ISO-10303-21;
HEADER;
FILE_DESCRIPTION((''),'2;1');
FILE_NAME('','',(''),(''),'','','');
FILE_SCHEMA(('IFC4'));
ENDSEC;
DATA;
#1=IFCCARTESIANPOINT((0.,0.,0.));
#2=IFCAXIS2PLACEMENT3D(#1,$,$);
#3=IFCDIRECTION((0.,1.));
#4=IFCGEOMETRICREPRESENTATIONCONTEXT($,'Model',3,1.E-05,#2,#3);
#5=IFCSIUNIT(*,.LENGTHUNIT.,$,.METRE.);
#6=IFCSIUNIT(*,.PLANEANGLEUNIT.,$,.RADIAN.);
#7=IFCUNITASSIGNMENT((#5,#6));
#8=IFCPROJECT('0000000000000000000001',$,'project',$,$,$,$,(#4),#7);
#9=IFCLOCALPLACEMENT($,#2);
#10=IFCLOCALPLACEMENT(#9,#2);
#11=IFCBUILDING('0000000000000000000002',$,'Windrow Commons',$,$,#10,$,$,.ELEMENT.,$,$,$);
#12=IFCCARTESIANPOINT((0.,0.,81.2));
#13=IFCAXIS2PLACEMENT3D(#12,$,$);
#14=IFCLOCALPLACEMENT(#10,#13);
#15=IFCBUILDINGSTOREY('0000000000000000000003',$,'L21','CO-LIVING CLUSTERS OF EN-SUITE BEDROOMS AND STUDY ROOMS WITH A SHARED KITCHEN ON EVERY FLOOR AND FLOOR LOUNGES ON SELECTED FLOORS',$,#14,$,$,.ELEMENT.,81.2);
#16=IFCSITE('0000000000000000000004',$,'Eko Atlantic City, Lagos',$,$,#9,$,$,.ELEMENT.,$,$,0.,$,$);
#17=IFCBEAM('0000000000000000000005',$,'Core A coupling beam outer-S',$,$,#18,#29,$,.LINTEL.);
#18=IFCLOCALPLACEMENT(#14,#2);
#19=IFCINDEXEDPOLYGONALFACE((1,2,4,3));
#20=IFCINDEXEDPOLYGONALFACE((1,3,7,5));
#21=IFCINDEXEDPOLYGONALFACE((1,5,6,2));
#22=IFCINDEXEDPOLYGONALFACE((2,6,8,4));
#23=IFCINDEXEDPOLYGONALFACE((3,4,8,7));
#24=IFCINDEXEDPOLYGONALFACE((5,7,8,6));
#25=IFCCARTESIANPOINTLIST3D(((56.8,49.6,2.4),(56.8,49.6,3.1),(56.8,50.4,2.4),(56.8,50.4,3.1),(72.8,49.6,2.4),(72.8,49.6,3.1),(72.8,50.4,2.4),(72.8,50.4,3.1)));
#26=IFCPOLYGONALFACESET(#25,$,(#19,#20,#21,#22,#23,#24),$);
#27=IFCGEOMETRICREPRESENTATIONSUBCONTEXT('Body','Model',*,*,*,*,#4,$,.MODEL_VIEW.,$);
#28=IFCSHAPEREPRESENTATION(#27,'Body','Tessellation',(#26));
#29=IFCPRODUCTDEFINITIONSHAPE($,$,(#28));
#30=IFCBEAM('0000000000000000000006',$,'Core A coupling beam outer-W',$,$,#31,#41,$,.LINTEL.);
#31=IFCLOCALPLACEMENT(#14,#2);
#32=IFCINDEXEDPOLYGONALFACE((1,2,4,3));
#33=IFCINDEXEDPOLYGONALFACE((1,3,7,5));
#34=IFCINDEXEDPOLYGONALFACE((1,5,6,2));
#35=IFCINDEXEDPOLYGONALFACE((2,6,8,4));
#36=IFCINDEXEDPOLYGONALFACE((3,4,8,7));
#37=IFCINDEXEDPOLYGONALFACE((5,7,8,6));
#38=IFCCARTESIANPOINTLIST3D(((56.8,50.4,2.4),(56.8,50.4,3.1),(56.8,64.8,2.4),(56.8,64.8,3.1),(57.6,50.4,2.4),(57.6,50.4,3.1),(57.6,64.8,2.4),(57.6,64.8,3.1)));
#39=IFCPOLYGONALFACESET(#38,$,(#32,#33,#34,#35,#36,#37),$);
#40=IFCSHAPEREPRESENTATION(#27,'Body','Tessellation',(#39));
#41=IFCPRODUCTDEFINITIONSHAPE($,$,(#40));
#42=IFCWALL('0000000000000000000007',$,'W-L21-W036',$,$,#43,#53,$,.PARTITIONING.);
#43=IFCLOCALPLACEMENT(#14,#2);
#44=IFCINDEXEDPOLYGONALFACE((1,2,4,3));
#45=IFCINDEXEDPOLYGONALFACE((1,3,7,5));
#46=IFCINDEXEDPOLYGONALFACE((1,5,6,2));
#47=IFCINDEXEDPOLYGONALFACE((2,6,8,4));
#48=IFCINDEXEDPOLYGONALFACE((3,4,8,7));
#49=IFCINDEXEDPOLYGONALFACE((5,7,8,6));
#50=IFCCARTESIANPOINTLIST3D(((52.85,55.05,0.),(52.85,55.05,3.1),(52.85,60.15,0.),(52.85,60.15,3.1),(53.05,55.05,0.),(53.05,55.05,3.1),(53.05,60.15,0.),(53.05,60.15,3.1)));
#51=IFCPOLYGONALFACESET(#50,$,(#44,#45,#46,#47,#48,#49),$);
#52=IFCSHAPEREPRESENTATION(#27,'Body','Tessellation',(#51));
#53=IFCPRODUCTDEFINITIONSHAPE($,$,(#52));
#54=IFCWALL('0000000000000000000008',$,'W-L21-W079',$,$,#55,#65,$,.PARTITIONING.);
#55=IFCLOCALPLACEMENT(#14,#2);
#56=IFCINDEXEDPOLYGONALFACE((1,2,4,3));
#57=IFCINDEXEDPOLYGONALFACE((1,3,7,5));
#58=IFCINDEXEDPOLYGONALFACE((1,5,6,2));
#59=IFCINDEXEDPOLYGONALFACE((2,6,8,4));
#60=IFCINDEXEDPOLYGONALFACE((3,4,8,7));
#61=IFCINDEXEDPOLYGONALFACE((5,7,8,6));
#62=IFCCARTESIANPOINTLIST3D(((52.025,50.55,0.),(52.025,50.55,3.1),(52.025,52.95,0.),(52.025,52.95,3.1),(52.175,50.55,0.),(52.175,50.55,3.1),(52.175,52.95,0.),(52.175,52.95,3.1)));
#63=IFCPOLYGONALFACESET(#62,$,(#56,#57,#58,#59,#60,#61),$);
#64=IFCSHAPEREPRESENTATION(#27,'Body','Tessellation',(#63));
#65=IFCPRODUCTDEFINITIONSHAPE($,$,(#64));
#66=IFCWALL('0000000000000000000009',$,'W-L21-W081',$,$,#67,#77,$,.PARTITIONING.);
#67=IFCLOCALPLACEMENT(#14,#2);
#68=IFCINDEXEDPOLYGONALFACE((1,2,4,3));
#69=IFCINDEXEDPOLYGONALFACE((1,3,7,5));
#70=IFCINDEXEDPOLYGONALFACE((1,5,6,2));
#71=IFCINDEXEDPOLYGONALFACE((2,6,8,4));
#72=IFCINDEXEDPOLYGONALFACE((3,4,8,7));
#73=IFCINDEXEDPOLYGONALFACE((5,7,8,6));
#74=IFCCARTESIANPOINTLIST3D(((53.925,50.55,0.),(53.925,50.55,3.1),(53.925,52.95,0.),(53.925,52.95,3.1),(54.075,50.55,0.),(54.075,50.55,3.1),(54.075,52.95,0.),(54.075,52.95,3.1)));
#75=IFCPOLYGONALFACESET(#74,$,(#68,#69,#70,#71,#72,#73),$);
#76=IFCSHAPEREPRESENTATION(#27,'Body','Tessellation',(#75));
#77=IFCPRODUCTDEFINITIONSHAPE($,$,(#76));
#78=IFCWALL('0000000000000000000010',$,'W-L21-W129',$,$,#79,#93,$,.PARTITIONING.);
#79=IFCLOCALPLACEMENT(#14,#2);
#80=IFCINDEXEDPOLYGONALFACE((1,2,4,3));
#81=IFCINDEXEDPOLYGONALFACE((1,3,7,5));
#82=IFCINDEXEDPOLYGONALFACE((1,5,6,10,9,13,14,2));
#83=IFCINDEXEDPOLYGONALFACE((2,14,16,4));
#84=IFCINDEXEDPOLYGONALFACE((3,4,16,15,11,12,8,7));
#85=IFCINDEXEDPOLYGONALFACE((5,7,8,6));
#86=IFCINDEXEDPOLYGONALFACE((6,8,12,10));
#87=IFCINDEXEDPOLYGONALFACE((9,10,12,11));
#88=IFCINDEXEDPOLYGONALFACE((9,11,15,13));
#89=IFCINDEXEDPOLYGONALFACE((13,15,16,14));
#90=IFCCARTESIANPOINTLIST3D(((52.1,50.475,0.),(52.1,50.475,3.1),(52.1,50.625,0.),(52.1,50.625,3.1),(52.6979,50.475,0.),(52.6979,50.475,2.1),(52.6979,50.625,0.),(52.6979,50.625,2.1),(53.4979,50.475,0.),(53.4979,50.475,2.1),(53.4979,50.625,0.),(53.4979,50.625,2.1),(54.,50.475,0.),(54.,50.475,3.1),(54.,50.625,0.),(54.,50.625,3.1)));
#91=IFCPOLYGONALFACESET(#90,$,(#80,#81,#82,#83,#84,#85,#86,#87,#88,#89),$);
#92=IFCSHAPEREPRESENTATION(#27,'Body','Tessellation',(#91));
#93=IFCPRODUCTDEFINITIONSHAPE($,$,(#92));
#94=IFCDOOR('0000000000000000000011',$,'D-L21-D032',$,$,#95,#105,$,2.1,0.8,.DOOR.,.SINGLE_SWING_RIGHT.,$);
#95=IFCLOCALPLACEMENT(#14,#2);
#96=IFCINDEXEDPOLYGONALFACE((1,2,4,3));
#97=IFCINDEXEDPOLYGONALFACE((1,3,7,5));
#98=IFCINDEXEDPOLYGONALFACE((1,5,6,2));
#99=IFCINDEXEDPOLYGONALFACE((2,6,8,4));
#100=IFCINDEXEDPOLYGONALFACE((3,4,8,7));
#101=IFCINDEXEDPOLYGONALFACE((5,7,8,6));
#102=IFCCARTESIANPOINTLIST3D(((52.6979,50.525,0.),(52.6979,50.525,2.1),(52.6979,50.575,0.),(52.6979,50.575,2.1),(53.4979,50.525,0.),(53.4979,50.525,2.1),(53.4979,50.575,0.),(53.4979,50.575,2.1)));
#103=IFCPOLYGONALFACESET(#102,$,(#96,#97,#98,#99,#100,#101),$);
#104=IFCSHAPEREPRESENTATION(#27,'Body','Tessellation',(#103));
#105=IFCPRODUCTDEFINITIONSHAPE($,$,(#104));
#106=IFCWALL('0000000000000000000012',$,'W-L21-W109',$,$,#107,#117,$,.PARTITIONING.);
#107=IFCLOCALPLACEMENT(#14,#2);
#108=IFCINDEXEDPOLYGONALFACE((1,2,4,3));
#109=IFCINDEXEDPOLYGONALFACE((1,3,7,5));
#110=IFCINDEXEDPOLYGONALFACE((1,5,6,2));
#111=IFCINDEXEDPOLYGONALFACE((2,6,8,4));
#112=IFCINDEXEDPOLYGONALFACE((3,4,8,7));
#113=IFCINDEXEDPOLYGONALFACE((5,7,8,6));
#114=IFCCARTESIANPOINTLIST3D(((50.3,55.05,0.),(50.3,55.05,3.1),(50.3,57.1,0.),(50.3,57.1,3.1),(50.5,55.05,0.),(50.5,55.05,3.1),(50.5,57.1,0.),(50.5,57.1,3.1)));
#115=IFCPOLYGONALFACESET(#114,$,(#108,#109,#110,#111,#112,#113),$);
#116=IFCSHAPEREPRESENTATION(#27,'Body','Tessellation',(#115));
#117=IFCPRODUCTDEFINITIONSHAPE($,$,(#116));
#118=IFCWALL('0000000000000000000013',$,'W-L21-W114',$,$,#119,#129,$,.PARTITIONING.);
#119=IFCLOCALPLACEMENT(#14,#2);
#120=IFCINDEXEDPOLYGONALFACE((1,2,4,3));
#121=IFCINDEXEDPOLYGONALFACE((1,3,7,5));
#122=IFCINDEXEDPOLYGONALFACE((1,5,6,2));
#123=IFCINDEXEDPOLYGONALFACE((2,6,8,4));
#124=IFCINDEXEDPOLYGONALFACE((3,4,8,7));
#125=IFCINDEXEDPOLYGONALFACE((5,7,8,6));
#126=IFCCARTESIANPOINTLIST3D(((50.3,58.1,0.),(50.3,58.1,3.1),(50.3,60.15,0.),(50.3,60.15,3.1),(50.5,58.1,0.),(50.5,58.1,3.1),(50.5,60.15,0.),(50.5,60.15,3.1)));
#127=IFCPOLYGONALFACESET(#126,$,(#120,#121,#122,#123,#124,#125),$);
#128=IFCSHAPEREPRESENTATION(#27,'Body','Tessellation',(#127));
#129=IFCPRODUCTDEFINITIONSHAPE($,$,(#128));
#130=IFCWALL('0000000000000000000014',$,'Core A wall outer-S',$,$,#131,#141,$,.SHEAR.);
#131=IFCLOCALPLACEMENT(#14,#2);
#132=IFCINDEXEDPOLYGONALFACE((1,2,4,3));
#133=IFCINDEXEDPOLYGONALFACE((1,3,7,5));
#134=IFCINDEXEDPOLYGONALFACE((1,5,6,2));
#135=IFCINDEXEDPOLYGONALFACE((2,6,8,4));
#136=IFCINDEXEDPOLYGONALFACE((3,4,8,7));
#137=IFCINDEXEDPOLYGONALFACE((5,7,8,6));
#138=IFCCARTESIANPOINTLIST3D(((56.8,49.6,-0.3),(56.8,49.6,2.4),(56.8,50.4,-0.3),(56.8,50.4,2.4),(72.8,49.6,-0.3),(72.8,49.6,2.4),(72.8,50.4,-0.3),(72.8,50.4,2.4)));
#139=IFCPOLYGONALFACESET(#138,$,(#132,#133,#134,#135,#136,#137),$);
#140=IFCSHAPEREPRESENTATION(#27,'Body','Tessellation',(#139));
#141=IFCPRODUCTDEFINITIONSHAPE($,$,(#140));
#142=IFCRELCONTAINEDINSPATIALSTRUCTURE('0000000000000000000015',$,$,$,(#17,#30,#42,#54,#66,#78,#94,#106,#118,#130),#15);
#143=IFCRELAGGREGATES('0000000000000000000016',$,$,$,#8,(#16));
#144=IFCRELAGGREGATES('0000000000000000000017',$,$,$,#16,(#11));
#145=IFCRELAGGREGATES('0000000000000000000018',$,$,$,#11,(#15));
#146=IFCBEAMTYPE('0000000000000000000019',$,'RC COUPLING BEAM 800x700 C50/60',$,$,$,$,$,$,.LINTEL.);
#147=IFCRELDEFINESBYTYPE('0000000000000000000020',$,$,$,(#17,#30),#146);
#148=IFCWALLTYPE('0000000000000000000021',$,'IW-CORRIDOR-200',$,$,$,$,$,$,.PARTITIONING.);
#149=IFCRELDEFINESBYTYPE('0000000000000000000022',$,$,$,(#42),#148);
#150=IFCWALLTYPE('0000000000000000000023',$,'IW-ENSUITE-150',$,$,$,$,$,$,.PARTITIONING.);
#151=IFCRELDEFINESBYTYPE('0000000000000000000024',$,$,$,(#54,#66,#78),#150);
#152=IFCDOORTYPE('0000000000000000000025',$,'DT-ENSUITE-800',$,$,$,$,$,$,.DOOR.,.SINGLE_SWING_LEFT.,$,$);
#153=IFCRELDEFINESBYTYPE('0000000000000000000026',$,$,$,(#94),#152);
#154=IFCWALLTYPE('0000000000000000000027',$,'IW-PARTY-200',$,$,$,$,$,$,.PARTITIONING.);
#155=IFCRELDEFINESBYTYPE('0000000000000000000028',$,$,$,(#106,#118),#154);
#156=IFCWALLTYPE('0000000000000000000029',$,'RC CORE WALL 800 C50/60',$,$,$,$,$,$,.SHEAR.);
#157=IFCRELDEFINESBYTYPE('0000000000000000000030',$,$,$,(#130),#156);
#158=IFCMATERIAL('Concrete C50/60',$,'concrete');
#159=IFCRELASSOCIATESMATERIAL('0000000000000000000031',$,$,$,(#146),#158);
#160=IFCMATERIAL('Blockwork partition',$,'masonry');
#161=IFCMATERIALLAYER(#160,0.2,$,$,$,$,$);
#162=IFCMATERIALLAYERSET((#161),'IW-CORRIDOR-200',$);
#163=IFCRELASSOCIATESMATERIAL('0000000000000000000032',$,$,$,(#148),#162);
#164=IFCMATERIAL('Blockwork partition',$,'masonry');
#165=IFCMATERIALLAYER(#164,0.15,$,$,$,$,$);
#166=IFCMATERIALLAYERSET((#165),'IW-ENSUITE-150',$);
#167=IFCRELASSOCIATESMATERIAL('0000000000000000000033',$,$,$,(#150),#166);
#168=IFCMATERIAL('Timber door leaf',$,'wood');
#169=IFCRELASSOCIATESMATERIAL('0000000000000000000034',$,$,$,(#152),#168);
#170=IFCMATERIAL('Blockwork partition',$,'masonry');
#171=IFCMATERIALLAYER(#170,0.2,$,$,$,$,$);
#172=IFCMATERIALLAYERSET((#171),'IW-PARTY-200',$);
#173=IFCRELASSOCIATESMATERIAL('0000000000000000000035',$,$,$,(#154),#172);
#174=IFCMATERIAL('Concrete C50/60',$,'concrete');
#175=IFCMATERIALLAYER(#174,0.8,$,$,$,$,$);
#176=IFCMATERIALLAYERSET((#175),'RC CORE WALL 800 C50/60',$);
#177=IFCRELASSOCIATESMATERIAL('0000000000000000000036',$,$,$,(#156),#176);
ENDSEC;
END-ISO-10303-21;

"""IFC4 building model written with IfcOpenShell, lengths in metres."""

from ifc_helpers import new_model, si_unit, direction, frame, frame_2d, origin, origin_2d, place, context, subcontext, project, spatial, rectangle, extrude, material, layer, layer_set, material_profile, profile_set, type_object, element, fill, save


model = new_model("IFC4")

# Units and contexts
model_context = context("Model", 3, precision=1e-05, world=origin(), true_north=direction((0.0, 1.0)))
body_context = subcontext(model_context, "Body", "Model", "MODEL_VIEW")
ifc_project = project(units=[si_unit("LENGTHUNIT", "METRE"), si_unit("PLANEANGLEUNIT", "RADIAN")], contexts=[model_context])

# Site, building, storey
site_placement = place(None, origin())
site = spatial("IfcSite", under=ifc_project, at=site_placement, Name="Eko Atlantic City, Lagos", CompositionType="ELEMENT", RefElevation=0.0)
building_placement = place(site_placement, origin())
building = spatial("IfcBuilding", under=site, at=building_placement, Name="Windrow Commons", CompositionType="ELEMENT")
storey_placement = place(building_placement, frame((0.0, 0.0, 81.2)))
storey = spatial("IfcBuildingStorey", under=building, at=storey_placement, Name="L21", Description="CO-LIVING CLUSTERS OF EN-SUITE BEDROOMS AND STUDY ROOMS WITH A SHARED KITCHEN ON EVERY FLOOR AND FLOOR LOUNGES ON SELECTED FLOORS", CompositionType="ELEMENT", Elevation=81.2)

# Beams
ifc_material_1 = material(Name="Concrete C50/60", Category="concrete")
ifc_material_profile = material_profile(ifc_material_1, rectangle(XDim=0.8, YDim=0.7, at=origin_2d()))
ifc_profile_set = profile_set([ifc_material_profile], Name="Concrete C50/60")
beam_type = type_object("IfcBeamType", Name="RC COUPLING BEAM 800x700 C50/60", PredefinedType="LINTEL", material=ifc_profile_set)
beam_1_placement = place(storey_placement, frame((56.8, 50.0, 2.75), z_axis=(1.0, 0.0, 0.0), x_axis=(0.0, 1.0, 0.0)))
element("IfcBeam", 1, at=beam_1_placement, inside=storey, type_object=beam_type, Name="Core A coupling beam outer-S", PredefinedType="LINTEL", context=body_context, shape_type="SweptSolid", body=[
    extrude(rectangle(XDim=0.8, YDim=0.7, at=origin_2d()), origin(), (0.0, 0.0, 1.0), 16.0),
])
beam_2_placement = place(storey_placement, frame((57.2, 50.4, 2.75), z_axis=(0.0, 1.0, 0.0), x_axis=(-1.0, 0.0, 0.0)))
element("IfcBeam", 2, at=beam_2_placement, inside=storey, type_object=beam_type, Name="Core A coupling beam outer-W", PredefinedType="LINTEL", context=body_context, shape_type="SweptSolid", body=[
    extrude(rectangle(XDim=0.8, YDim=0.7, at=origin_2d()), origin(), (0.0, 0.0, 1.0), 14.4),
])

# Walls
ifc_material_2 = material(Name="Blockwork partition", Category="masonry")
ifc_layer_1 = layer(ifc_material_2, 0.2)
ifc_layer_set_1 = layer_set([ifc_layer_1], Name="IW-CORRIDOR-200")
wall_type_1 = type_object("IfcWallType", Name="IW-CORRIDOR-200", PredefinedType="PARTITIONING", material=ifc_layer_set_1)
wall_1_placement = place(storey_placement, frame((52.95, 55.05, 0.0), z_axis=(0.0, 0.0, 1.0), x_axis=(0.0, 1.0, 0.0)))
element("IfcWall", 3, at=wall_1_placement, inside=storey, type_object=wall_type_1, Name="W-L21-W036", PredefinedType="PARTITIONING", context=body_context, shape_type="SweptSolid", body=[
    extrude(rectangle(XDim=5.1, YDim=0.2, at=frame_2d((2.55, 0.0))), origin(), (0.0, 0.0, 1.0), 3.1),
])
ifc_material_3 = material(Name="Blockwork partition", Category="masonry")
ifc_layer_2 = layer(ifc_material_3, 0.15)
ifc_layer_set_2 = layer_set([ifc_layer_2], Name="IW-ENSUITE-150")
wall_type_2 = type_object("IfcWallType", Name="IW-ENSUITE-150", PredefinedType="PARTITIONING", material=ifc_layer_set_2)
for number, where, z_axis, x_axis, name in (
    (4, (52.1, 50.55, 0.0), (0.0, 0.0, 1.0), (0.0, 1.0, 0.0), "W-L21-W079"),
    (5, (54.0, 50.55, 0.0), (0.0, 0.0, 1.0), (0.0, 1.0, 0.0), "W-L21-W081"),
):
    element("IfcWall", number, at=place(storey_placement, frame(where, z_axis=z_axis, x_axis=x_axis)), inside=storey, type_object=wall_type_2, Name=name, PredefinedType="PARTITIONING", context=body_context, shape_type="SweptSolid", body=[
        extrude(rectangle(XDim=2.4, YDim=0.15, at=frame_2d((1.2, 0.0))), origin(), (0.0, 0.0, 1.0), 3.1),
    ])

# Wall, opening, door
wall_2_placement = place(storey_placement, frame((52.1, 50.55, 0.0), z_axis=(0.0, 0.0, 1.0), x_axis=(1.0, 0.0, 0.0)))
wall_2 = element("IfcWall", 6, at=wall_2_placement, inside=storey, type_object=wall_type_2, Name="W-L21-W129", PredefinedType="PARTITIONING", context=body_context, shape_type="SweptSolid", body=[
    extrude(rectangle(XDim=1.9, YDim=0.15, at=frame_2d((0.95, 0.0))), origin(), (0.0, 0.0, 1.0), 3.1),
])
opening_1_placement = place(wall_2_placement, frame((0.5979, 0.0, 0.0)))
opening_1 = element("IfcOpeningElement", 7, at=opening_1_placement, cuts=wall_2, PredefinedType="OPENING", context=body_context, shape_type="SweptSolid", body=[
    extrude(rectangle(XDim=0.8, YDim=2.1, at=frame_2d((0.4, 1.05))), frame((0.0, 0.085, 0.0), z_axis=(0.0, -1.0, 0.0), x_axis=(1.0, 0.0, 0.0)), (0.0, 0.0, 1.0), 0.17),
])
ifc_material_4 = material(Name="Timber door leaf", Category="wood")
door_type_1 = type_object("IfcDoorType", Name="DT-ENSUITE-800", OperationType="SINGLE_SWING_LEFT", PredefinedType="DOOR", material=ifc_material_4)
door_1_placement = place(opening_1_placement, origin())
door_1 = element("IfcDoor", 8, at=door_1_placement, inside=storey, type_object=door_type_1, Name="D-L21-D032", OperationType="SINGLE_SWING_RIGHT", OverallHeight=2.1, OverallWidth=0.8, PredefinedType="DOOR", context=body_context, shape_type="SweptSolid", body=[
    extrude(rectangle(XDim=0.8, YDim=2.1, at=frame_2d((0.4, 1.05))), frame((0.0, 0.025, 0.0), z_axis=(0.0, -1.0, 0.0), x_axis=(1.0, 0.0, 0.0)), (0.0, 0.0, 1.0), 0.05),
])
fill(opening_1, door_1)

# Walls
ifc_material_5 = material(Name="Blockwork partition", Category="masonry")
ifc_layer_3 = layer(ifc_material_5, 0.2)
ifc_layer_set_3 = layer_set([ifc_layer_3], Name="IW-PARTY-200")
wall_type_3 = type_object("IfcWallType", Name="IW-PARTY-200", PredefinedType="PARTITIONING", material=ifc_layer_set_3)
for number, where, z_axis, x_axis, name in (
    (9, (50.4, 55.05, 0.0), (0.0, 0.0, 1.0), (0.0, 1.0, 0.0), "W-L21-W109"),
    (10, (50.4, 58.1, 0.0), (0.0, 0.0, 1.0), (0.0, 1.0, 0.0), "W-L21-W114"),
):
    element("IfcWall", number, at=place(storey_placement, frame(where, z_axis=z_axis, x_axis=x_axis)), inside=storey, type_object=wall_type_3, Name=name, PredefinedType="PARTITIONING", context=body_context, shape_type="SweptSolid", body=[
        extrude(rectangle(XDim=2.05, YDim=0.2, at=frame_2d((1.025, 0.0))), origin(), (0.0, 0.0, 1.0), 3.1),
    ])
ifc_material_6 = material(Name="Concrete C50/60", Category="concrete")
ifc_layer_4 = layer(ifc_material_6, 0.8)
ifc_layer_set_4 = layer_set([ifc_layer_4], Name="RC CORE WALL 800 C50/60")
wall_type_4 = type_object("IfcWallType", Name="RC CORE WALL 800 C50/60", PredefinedType="SHEAR", material=ifc_layer_set_4)
wall_3_placement = place(storey_placement, frame((56.8, 50.0, -0.3), z_axis=(0.0, 0.0, 1.0), x_axis=(1.0, 0.0, 0.0)))
element("IfcWall", 11, at=wall_3_placement, inside=storey, type_object=wall_type_4, Name="Core A wall outer-S", PredefinedType="SHEAR", context=body_context, shape_type="SweptSolid", body=[
    extrude(rectangle(XDim=16.0, YDim=0.8, at=frame_2d((8.0, 0.0))), origin(), (0.0, 0.0, 1.0), 2.7),
])

save(model, "model.ifc")
